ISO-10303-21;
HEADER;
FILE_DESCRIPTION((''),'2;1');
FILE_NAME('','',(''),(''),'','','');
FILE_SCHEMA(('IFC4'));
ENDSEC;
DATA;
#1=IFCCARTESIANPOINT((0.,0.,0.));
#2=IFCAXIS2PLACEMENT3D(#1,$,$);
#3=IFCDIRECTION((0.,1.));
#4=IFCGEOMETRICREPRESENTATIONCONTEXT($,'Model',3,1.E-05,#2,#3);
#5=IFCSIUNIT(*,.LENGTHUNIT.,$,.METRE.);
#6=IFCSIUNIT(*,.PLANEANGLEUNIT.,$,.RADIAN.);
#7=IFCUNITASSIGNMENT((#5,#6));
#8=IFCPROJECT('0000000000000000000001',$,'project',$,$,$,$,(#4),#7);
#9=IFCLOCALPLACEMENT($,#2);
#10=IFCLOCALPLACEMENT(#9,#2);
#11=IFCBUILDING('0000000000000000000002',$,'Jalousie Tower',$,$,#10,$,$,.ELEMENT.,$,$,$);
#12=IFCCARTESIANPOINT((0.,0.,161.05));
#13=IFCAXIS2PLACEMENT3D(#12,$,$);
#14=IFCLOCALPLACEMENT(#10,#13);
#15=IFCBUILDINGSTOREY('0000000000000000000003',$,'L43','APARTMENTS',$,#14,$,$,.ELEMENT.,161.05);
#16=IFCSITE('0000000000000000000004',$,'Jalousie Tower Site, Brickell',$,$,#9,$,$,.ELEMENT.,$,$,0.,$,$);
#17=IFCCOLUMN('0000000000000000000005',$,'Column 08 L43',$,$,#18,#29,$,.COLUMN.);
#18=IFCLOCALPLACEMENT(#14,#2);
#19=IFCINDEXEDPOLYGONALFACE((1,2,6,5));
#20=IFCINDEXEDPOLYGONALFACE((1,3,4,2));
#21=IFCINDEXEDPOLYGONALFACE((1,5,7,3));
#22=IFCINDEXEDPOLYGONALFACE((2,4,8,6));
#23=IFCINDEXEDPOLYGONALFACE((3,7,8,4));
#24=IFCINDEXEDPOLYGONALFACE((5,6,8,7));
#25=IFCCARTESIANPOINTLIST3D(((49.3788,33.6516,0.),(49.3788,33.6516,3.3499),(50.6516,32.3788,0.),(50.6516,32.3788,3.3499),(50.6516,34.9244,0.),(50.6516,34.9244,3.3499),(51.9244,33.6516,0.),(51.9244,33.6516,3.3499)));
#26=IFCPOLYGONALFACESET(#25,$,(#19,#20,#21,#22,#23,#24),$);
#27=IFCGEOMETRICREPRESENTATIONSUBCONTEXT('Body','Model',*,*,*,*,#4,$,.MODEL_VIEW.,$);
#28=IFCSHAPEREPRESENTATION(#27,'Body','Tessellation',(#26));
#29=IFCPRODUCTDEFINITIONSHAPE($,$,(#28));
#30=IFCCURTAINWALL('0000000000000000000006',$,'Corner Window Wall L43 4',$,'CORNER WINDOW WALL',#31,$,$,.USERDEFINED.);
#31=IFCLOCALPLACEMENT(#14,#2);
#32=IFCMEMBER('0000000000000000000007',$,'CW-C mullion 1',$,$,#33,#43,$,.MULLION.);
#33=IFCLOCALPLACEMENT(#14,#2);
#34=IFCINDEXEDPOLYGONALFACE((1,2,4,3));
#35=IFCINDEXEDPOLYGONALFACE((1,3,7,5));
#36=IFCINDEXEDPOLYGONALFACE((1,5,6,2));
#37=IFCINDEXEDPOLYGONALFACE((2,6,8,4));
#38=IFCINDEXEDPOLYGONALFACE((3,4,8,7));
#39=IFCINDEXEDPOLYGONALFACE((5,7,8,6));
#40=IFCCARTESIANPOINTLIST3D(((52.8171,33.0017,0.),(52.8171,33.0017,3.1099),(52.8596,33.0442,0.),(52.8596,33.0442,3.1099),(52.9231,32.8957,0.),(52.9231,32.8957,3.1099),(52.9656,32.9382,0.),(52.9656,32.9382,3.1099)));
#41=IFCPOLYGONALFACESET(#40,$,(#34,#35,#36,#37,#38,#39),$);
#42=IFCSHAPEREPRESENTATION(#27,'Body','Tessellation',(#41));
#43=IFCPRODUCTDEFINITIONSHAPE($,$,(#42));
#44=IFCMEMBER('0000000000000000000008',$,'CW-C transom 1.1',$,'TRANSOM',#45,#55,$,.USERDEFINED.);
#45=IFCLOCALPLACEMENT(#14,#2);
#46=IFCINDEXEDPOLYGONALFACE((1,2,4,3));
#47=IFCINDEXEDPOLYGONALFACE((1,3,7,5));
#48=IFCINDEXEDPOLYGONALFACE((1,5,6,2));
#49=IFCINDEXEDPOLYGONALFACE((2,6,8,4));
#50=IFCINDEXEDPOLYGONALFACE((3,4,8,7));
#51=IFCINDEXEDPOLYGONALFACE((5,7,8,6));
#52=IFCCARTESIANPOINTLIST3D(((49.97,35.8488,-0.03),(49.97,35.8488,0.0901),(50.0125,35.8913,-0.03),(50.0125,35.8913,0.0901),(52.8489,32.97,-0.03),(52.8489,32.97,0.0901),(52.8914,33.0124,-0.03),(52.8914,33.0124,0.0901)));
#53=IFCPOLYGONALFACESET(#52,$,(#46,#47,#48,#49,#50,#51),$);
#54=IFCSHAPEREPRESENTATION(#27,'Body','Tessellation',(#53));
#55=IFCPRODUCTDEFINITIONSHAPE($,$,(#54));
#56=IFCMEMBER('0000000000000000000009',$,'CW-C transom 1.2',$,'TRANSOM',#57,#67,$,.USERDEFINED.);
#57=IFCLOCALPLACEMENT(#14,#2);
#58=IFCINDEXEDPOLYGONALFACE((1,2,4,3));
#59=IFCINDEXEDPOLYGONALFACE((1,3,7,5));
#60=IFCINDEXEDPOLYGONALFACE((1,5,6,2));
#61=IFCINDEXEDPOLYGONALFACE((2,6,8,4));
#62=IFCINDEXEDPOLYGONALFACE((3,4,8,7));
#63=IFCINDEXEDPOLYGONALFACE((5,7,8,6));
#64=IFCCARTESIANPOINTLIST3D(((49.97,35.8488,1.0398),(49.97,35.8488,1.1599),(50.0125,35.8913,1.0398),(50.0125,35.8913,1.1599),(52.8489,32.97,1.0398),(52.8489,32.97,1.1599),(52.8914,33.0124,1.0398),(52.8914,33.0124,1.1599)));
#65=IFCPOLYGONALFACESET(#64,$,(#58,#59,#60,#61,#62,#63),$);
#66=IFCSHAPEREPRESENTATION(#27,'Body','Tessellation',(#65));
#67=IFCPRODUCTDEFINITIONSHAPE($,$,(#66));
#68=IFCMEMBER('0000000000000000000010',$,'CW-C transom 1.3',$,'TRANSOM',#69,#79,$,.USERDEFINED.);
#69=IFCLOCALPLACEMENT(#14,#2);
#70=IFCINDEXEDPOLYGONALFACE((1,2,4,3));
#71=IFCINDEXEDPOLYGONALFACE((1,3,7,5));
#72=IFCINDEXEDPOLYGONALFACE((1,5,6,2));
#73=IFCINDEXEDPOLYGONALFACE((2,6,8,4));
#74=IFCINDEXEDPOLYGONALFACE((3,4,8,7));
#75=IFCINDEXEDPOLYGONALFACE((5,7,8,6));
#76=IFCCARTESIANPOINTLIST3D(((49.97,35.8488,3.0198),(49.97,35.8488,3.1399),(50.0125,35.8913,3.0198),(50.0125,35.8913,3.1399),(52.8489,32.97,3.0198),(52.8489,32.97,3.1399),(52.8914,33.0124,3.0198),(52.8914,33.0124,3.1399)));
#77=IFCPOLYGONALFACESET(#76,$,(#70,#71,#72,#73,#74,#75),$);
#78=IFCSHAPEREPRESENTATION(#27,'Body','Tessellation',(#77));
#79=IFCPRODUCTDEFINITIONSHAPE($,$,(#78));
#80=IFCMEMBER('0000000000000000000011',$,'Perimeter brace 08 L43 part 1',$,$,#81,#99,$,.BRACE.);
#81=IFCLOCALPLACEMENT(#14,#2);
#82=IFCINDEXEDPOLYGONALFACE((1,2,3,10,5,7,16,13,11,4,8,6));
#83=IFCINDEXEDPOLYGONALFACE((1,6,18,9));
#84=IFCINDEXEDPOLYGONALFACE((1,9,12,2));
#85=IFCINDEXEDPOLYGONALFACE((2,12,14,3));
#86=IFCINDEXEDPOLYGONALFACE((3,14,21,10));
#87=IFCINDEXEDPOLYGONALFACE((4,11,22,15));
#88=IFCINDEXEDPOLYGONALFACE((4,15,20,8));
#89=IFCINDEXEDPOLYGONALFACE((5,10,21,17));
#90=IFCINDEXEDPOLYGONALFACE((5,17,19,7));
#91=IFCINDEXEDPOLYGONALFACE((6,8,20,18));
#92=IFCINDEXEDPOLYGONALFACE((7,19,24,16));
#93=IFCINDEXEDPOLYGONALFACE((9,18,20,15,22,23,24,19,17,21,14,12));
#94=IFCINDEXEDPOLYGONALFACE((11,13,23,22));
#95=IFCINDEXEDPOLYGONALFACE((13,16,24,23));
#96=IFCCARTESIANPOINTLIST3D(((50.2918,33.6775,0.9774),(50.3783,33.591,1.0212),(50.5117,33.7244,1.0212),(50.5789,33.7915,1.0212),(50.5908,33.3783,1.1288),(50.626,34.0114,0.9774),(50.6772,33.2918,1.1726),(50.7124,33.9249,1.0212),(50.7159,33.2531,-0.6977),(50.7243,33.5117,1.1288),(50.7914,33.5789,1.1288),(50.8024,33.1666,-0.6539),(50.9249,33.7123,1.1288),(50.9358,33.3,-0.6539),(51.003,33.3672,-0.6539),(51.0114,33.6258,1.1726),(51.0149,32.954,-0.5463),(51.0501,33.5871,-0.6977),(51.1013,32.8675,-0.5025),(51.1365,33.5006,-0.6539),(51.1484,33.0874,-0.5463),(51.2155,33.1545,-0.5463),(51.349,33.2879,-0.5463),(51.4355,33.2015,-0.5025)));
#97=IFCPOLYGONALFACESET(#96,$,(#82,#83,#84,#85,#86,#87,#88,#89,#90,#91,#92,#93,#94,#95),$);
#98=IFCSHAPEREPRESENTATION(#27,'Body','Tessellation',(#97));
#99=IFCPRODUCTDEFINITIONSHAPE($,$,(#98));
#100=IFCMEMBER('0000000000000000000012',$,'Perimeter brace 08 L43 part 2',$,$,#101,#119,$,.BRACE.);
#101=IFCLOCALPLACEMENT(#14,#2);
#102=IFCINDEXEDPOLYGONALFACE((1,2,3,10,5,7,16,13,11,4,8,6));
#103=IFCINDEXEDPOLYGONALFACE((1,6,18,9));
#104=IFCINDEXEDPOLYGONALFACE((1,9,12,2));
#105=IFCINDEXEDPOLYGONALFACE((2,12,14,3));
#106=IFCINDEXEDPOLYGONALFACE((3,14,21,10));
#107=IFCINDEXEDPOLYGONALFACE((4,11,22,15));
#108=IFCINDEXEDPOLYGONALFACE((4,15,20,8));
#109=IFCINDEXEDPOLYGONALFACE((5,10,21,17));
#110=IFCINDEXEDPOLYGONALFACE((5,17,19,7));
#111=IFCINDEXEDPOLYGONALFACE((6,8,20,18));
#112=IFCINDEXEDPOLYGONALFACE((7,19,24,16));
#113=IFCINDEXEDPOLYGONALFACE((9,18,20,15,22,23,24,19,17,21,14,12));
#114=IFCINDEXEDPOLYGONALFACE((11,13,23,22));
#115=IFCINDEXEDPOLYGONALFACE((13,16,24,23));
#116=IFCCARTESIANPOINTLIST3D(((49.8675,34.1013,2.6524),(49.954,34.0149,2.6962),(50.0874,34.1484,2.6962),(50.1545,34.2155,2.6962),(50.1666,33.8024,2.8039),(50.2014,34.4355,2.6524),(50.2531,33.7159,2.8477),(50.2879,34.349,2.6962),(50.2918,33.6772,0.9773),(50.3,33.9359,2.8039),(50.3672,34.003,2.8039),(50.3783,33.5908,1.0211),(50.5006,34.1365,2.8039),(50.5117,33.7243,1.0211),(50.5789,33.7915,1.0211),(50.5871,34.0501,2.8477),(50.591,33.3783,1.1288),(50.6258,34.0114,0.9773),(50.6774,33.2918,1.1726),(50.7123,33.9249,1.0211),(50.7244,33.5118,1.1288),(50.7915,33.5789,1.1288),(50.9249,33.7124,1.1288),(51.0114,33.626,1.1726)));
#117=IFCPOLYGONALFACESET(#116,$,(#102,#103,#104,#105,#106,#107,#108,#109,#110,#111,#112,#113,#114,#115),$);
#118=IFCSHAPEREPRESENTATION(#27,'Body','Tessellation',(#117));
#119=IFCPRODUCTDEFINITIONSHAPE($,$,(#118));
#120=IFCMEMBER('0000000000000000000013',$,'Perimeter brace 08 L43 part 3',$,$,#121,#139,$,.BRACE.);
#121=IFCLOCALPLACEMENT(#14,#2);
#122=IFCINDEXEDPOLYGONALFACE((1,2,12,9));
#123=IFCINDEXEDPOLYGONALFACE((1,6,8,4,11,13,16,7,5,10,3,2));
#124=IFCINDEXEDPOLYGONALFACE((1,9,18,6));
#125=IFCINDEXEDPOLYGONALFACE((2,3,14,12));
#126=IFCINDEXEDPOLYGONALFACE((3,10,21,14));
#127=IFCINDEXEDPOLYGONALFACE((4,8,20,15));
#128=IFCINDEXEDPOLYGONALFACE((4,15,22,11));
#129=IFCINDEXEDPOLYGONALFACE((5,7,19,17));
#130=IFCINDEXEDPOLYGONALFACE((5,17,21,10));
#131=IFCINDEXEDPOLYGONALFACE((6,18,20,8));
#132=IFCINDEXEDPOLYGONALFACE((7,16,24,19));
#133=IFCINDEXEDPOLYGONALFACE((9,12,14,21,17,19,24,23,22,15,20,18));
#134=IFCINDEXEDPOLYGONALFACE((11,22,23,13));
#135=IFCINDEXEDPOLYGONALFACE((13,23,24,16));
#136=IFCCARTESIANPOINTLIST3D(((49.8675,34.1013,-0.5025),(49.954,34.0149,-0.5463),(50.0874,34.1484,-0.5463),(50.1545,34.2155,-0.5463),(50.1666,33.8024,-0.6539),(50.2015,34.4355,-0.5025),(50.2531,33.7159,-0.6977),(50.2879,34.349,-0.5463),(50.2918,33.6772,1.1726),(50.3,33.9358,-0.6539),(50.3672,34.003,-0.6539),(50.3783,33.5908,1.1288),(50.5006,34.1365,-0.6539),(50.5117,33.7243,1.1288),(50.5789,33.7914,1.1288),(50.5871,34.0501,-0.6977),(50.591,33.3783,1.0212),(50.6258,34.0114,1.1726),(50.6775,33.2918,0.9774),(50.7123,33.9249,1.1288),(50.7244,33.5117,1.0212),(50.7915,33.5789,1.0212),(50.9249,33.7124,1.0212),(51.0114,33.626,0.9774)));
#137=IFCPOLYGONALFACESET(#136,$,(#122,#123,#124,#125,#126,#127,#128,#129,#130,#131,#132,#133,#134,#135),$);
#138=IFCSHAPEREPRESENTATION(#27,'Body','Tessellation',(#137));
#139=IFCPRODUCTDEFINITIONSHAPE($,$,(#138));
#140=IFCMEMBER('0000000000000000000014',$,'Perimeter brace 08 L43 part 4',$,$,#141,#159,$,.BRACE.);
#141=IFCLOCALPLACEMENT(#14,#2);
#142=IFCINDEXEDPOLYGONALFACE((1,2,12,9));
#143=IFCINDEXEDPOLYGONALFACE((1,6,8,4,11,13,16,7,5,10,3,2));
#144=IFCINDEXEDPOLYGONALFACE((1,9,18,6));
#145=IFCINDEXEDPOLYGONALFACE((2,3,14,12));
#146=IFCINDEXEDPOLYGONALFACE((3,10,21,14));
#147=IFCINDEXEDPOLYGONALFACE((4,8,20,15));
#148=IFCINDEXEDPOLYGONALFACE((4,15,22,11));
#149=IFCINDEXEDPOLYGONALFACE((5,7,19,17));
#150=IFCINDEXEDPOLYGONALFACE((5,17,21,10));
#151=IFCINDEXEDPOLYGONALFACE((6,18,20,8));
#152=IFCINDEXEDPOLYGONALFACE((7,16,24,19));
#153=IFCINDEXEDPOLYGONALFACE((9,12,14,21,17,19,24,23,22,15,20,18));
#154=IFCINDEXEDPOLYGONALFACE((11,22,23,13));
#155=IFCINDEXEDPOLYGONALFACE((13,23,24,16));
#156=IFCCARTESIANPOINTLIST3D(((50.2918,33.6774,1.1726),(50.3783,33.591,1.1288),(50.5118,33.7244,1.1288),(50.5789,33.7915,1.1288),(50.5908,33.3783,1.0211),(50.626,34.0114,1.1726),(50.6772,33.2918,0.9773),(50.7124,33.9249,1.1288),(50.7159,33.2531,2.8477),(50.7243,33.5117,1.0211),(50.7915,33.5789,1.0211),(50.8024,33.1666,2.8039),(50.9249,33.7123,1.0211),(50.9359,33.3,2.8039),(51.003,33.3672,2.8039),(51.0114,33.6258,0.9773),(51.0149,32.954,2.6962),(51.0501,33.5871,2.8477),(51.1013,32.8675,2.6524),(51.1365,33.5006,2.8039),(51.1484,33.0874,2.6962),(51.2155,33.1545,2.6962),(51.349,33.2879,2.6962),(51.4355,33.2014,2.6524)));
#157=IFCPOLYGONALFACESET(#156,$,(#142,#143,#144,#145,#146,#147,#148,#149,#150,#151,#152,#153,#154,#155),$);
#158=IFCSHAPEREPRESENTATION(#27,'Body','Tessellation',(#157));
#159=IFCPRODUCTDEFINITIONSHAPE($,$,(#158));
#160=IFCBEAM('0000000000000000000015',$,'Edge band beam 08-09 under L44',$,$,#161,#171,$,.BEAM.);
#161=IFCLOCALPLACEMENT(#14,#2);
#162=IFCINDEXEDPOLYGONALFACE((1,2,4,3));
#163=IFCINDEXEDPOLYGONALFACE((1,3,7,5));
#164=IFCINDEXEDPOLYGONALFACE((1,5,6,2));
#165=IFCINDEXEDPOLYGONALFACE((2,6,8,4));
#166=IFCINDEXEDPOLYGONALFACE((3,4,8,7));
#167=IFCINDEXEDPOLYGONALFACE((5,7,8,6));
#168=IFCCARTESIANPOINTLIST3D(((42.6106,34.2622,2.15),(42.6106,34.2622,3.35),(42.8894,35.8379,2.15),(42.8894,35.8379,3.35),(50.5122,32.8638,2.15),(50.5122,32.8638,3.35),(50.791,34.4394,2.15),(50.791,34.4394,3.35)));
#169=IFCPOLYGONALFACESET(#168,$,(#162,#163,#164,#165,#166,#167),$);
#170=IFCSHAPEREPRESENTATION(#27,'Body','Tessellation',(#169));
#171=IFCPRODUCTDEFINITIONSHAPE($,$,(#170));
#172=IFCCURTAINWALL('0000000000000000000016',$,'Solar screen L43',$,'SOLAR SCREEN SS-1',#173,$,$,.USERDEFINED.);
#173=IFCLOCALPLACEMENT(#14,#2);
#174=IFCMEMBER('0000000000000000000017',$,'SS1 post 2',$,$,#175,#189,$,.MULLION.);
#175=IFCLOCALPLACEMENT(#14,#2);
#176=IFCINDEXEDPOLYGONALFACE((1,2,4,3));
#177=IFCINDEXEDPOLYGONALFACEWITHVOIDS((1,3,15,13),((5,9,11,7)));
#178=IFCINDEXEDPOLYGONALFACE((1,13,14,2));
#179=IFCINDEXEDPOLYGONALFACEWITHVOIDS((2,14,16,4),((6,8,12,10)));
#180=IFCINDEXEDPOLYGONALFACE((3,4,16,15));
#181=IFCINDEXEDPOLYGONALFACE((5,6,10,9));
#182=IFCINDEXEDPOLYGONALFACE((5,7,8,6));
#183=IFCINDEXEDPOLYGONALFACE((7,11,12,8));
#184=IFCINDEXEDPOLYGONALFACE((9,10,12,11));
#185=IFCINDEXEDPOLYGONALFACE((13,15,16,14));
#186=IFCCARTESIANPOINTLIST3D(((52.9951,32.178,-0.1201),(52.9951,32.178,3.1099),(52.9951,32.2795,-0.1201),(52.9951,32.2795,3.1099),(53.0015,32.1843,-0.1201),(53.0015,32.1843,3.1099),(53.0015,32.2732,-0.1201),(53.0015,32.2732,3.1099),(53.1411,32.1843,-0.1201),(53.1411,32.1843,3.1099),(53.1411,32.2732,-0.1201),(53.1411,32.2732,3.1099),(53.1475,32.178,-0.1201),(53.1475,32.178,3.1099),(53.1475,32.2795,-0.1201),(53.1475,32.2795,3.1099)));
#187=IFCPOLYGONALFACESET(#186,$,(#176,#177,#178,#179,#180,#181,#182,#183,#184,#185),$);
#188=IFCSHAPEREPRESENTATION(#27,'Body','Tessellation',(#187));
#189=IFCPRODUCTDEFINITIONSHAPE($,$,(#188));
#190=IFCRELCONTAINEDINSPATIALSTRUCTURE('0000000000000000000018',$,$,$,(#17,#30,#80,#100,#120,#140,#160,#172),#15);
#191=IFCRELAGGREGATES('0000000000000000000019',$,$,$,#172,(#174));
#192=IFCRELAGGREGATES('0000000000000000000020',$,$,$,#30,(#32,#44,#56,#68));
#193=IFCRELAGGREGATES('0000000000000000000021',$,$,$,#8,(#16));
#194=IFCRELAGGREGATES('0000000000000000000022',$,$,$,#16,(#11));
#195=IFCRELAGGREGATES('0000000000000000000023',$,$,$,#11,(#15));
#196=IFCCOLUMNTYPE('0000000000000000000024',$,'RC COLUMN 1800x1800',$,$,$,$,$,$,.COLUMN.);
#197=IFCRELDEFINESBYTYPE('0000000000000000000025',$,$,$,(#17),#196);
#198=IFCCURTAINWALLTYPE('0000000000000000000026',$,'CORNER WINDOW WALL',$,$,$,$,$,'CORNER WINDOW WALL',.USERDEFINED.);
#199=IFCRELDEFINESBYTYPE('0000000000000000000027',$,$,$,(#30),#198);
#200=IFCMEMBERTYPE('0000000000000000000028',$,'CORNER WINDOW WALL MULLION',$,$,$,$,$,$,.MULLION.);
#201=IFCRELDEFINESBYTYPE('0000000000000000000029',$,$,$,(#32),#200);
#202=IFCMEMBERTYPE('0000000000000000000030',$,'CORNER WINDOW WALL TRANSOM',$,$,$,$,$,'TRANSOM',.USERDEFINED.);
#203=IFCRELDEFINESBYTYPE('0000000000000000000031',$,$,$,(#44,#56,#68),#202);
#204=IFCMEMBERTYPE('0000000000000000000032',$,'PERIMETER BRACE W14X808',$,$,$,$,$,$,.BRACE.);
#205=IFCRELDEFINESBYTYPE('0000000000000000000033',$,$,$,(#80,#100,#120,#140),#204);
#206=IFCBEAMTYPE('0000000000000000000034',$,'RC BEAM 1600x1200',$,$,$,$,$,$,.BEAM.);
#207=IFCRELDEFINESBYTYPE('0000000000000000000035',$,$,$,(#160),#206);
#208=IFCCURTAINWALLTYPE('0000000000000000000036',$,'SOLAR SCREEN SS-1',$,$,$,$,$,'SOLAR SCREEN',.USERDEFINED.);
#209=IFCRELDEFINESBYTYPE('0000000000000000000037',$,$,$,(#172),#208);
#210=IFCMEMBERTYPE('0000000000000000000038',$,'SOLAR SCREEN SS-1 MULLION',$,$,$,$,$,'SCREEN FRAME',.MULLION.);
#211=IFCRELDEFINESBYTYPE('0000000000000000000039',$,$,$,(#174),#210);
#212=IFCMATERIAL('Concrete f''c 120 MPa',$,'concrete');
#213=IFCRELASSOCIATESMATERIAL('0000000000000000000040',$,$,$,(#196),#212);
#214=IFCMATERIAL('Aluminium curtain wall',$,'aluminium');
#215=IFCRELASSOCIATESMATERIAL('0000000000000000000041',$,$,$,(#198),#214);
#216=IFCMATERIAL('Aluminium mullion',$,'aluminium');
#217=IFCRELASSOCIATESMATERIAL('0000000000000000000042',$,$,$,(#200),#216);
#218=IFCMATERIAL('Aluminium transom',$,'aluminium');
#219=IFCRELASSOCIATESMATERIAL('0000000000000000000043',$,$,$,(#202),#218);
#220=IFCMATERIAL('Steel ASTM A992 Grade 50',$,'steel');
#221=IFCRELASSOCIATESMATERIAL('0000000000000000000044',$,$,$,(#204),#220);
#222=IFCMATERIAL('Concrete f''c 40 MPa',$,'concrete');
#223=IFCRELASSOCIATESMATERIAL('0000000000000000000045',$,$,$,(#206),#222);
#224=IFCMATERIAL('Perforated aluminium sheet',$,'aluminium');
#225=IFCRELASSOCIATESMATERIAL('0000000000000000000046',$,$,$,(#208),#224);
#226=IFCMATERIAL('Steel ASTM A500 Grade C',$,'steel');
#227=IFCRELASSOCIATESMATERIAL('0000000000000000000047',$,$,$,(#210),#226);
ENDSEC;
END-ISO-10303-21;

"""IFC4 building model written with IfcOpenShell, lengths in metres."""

from ifc_helpers import new_model, si_unit, direction, frame, origin, origin_2d, place, context, subcontext, project, spatial, rectangle, hollow_rectangle, i_section, extrude, material, material_profile, profile_set, type_object, element, aggregate, save


model = new_model("IFC4")

# Units and contexts
model_context = context("Model", 3, precision=1e-05, world=origin(), true_north=direction((0.0, 1.0)))
body_context = subcontext(model_context, "Body", "Model", "MODEL_VIEW")
ifc_project = project(units=[si_unit("LENGTHUNIT", "METRE"), si_unit("PLANEANGLEUNIT", "RADIAN")], contexts=[model_context])

# Site, building, storey
site_placement = place(None, origin())
site = spatial("IfcSite", under=ifc_project, at=site_placement, Name="Jalousie Tower Site, Brickell", CompositionType="ELEMENT", RefElevation=0.0)
building_placement = place(site_placement, origin())
building = spatial("IfcBuilding", under=site, at=building_placement, Name="Jalousie Tower", CompositionType="ELEMENT")
storey_placement = place(building_placement, frame((0.0, 0.0, 161.05)))
storey = spatial("IfcBuildingStorey", under=building, at=storey_placement, Name="L43", Description="APARTMENTS", CompositionType="ELEMENT", Elevation=161.05)

# Column
ifc_material_1 = material(Name="Concrete f'c 120 MPa", Category="concrete")
ifc_material_profile_1 = material_profile(ifc_material_1, rectangle(XDim=1.8, YDim=1.8, at=origin_2d()), Name="RC 1800x1800")
ifc_profile_set_1 = profile_set([ifc_material_profile_1], Name="Concrete f'c 120 MPa")
column_type = type_object("IfcColumnType", Name="RC COLUMN 1800x1800", PredefinedType="COLUMN", material=ifc_profile_set_1)
column_placement = place(storey_placement, frame((50.6516, 33.6516, 0.0), z_axis=(0.0, 0.0, 1.0), x_axis=(0.707107, 0.707107, 0.0)))
element("IfcColumn", 1, at=column_placement, inside=storey, type_object=column_type, Name="Column 08 L43", PredefinedType="COLUMN", context=body_context, shape_type="SweptSolid", body=[
    extrude(rectangle(XDim=1.8, YDim=1.8, at=origin_2d()), origin(), (0.0, 0.0, 1.0), 3.3499),
])

# Curtain wall, members
ifc_material_2 = material(Name="Aluminium curtain wall", Category="aluminium")
curtain_wall_type_1 = type_object("IfcCurtainWallType", Name="CORNER WINDOW WALL", ElementType="CORNER WINDOW WALL", PredefinedType="USERDEFINED", material=ifc_material_2)
curtain_wall_1_placement = place(storey_placement, origin())
curtain_wall_1 = element("IfcCurtainWall", 2, at=curtain_wall_1_placement, inside=storey, type_object=curtain_wall_type_1, Name="Corner Window Wall L43 4", ObjectType="CORNER WINDOW WALL", PredefinedType="USERDEFINED")
ifc_material_3 = material(Name="Aluminium mullion", Category="aluminium")
ifc_material_profile_2 = material_profile(ifc_material_3, rectangle(XDim=0.0601, YDim=0.1499, at=origin_2d()), Name="MULLION 60x150")
ifc_profile_set_2 = profile_set([ifc_material_profile_2], Name="Aluminium mullion")
member_type_1 = type_object("IfcMemberType", Name="CORNER WINDOW WALL MULLION", PredefinedType="MULLION", material=ifc_profile_set_2)
member_1_placement = place(storey_placement, frame((52.8914, 32.97, 0.0), z_axis=(0.0, 0.0, 1.0), x_axis=(-0.707107, -0.707107, 0.0)))
member_1 = element("IfcMember", 3, at=member_1_placement, type_object=member_type_1, Name="CW-C mullion 1", PredefinedType="MULLION", context=body_context, shape_type="SweptSolid", body=[
    extrude(rectangle(XDim=0.0601, YDim=0.1499, at=origin_2d()), origin(), (0.0, 0.0, 1.0), 3.1099),
])
ifc_material_4 = material(Name="Aluminium transom", Category="aluminium")
ifc_material_profile_3 = material_profile(ifc_material_4, rectangle(XDim=0.0601, YDim=0.1201, at=origin_2d()), Name="TRANSOM 60x120")
ifc_profile_set_3 = profile_set([ifc_material_profile_3], Name="Aluminium transom")
member_type_2 = type_object("IfcMemberType", Name="CORNER WINDOW WALL TRANSOM", ElementType="TRANSOM", PredefinedType="USERDEFINED", material=ifc_profile_set_3)
member_2_placement = place(storey_placement, frame((52.8701, 32.9912, 0.03), z_axis=(-0.707107, 0.707107, 0.0), x_axis=(-0.707107, -0.707107, 0.0)))
member_2 = element("IfcMember", 4, at=member_2_placement, type_object=member_type_2, Name="CW-C transom 1.1", ObjectType="TRANSOM", PredefinedType="USERDEFINED", context=body_context, shape_type="SweptSolid", body=[
    extrude(rectangle(XDim=0.0601, YDim=0.1201, at=origin_2d()), origin(), (0.0, 0.0, 1.0), 4.0713),
])
member_3_placement = place(storey_placement, frame((52.8701, 32.9912, 1.0999), z_axis=(-0.707107, 0.707107, 0.0), x_axis=(-0.707107, -0.707107, 0.0)))
member_3 = element("IfcMember", 5, at=member_3_placement, type_object=member_type_2, Name="CW-C transom 1.2", ObjectType="TRANSOM", PredefinedType="USERDEFINED", context=body_context, shape_type="SweptSolid", body=[
    extrude(rectangle(XDim=0.0601, YDim=0.1201, at=origin_2d()), origin(), (0.0, 0.0, 1.0), 4.0713),
])
member_4_placement = place(storey_placement, frame((52.8701, 32.9912, 3.0798), z_axis=(-0.707107, 0.707107, 0.0), x_axis=(-0.707107, -0.707107, 0.0)))
member_4 = element("IfcMember", 6, at=member_4_placement, type_object=member_type_2, Name="CW-C transom 1.3", ObjectType="TRANSOM", PredefinedType="USERDEFINED", context=body_context, shape_type="SweptSolid", body=[
    extrude(rectangle(XDim=0.0601, YDim=0.1201, at=origin_2d()), origin(), (0.0, 0.0, 1.0), 4.0713),
])

# Members
ifc_material_5 = material(Name="Steel ASTM A992 Grade 50", Category="steel")
ifc_material_profile_4 = material_profile(ifc_material_5, i_section(OverallWidth=0.4724, OverallDepth=0.5791, WebThickness=0.095, FlangeThickness=0.1299, at=origin_2d()), Name="W14X808")
ifc_profile_set_4 = profile_set([ifc_material_profile_4], Name="Steel ASTM A992 Grade 50")
member_type_3 = type_object("IfcMemberType", Name="PERIMETER BRACE W14X808", PredefinedType="BRACE", material=ifc_profile_set_4)
for number, where, z_axis, x_axis, name in (
    (7, (51.0757, 33.2273, -0.6001), (-0.238346, 0.238483, 0.941444), (-0.70731, -0.706903, 0.0), "Perimeter brace 08 L43 part 1"),
    (8, (50.6516, 33.6516, 1.075), (-0.238483, 0.238346, 0.941444), (-0.706903, -0.70731, 0.0), "Perimeter brace 08 L43 part 2"),
    (9, (50.2273, 34.0757, -0.6001), (0.238483, -0.238346, 0.941444), (0.706903, 0.70731, 0.0), "Perimeter brace 08 L43 part 3"),
    (10, (50.6516, 33.6516, 1.075), (0.238346, -0.238483, 0.941444), (0.70731, 0.706903, 0.0), "Perimeter brace 08 L43 part 4"),
):
    element("IfcMember", number, at=place(storey_placement, frame(where, z_axis=z_axis, x_axis=x_axis)), inside=storey, type_object=member_type_3, Name=name, PredefinedType="BRACE", context=body_context, shape_type="SweptSolid", body=[
        extrude(i_section(OverallWidth=0.4724, OverallDepth=0.5791, WebThickness=0.095, FlangeThickness=0.1299, at=origin_2d()), origin(), (0.0, 0.0, 1.0), 1.7793),
    ])

# Beam
ifc_material_6 = material(Name="Concrete f'c 40 MPa", Category="concrete")
ifc_material_profile_5 = material_profile(ifc_material_6, rectangle(XDim=1.6001, YDim=1.2, at=origin_2d()), Name="RC 1600x1200")
ifc_profile_set_5 = profile_set([ifc_material_profile_5], Name="Concrete f'c 40 MPa")
beam_type = type_object("IfcBeamType", Name="RC BEAM 1600x1200", PredefinedType="BEAM", material=ifc_profile_set_5)
beam_placement = place(storey_placement, frame((50.6516, 33.6516, 2.75), z_axis=(-0.984697, 0.174273, 0.0), x_axis=(-0.174273, -0.984697, 0.0)))
element("IfcBeam", 11, at=beam_placement, inside=storey, type_object=beam_type, Name="Edge band beam 08-09 under L44", PredefinedType="BEAM", context=body_context, shape_type="SweptSolid", body=[
    extrude(rectangle(XDim=1.6001, YDim=1.2, at=origin_2d()), origin(), (0.0, 0.0, 1.0), 8.0244),
])

# Curtain wall, member
ifc_material_7 = material(Name="Perforated aluminium sheet", Category="aluminium")
curtain_wall_type_2 = type_object("IfcCurtainWallType", Name="SOLAR SCREEN SS-1", ElementType="SOLAR SCREEN", PredefinedType="USERDEFINED", material=ifc_material_7)
curtain_wall_2_placement = place(storey_placement, origin())
curtain_wall_2 = element("IfcCurtainWall", 12, at=curtain_wall_2_placement, inside=storey, type_object=curtain_wall_type_2, Name="Solar screen L43", ObjectType="SOLAR SCREEN SS-1", PredefinedType="USERDEFINED")
ifc_material_8 = material(Name="Steel ASTM A500 Grade C", Category="steel")
ifc_material_profile_6 = material_profile(ifc_material_8, hollow_rectangle(XDim=0.1016, YDim=0.1523, WallThickness=0.0063, at=origin_2d()), Name="HSS6X4X1/4")
ifc_profile_set_6 = profile_set([ifc_material_profile_6], Name="Steel ASTM A500 Grade C")
member_type_4 = type_object("IfcMemberType", Name="SOLAR SCREEN SS-1 MULLION", ElementType="SCREEN FRAME", PredefinedType="MULLION", material=ifc_profile_set_6)
member_5_placement = place(storey_placement, frame((53.0713, 32.2288, -0.1201), z_axis=(0.0, 0.0, 1.0), x_axis=(0.0, 1.0, 0.0)))
member_5 = element("IfcMember", 13, at=member_5_placement, type_object=member_type_4, Name="SS1 post 2", PredefinedType="MULLION", context=body_context, shape_type="SweptSolid", body=[
    extrude(hollow_rectangle(XDim=0.1016, YDim=0.1523, WallThickness=0.0063, at=origin_2d()), origin(), (0.0, 0.0, 1.0), 3.23),
])
aggregate(curtain_wall_2, [member_5])

aggregate(curtain_wall_1, [member_1, member_2, member_3, member_4])

save(model, "model.ifc")
